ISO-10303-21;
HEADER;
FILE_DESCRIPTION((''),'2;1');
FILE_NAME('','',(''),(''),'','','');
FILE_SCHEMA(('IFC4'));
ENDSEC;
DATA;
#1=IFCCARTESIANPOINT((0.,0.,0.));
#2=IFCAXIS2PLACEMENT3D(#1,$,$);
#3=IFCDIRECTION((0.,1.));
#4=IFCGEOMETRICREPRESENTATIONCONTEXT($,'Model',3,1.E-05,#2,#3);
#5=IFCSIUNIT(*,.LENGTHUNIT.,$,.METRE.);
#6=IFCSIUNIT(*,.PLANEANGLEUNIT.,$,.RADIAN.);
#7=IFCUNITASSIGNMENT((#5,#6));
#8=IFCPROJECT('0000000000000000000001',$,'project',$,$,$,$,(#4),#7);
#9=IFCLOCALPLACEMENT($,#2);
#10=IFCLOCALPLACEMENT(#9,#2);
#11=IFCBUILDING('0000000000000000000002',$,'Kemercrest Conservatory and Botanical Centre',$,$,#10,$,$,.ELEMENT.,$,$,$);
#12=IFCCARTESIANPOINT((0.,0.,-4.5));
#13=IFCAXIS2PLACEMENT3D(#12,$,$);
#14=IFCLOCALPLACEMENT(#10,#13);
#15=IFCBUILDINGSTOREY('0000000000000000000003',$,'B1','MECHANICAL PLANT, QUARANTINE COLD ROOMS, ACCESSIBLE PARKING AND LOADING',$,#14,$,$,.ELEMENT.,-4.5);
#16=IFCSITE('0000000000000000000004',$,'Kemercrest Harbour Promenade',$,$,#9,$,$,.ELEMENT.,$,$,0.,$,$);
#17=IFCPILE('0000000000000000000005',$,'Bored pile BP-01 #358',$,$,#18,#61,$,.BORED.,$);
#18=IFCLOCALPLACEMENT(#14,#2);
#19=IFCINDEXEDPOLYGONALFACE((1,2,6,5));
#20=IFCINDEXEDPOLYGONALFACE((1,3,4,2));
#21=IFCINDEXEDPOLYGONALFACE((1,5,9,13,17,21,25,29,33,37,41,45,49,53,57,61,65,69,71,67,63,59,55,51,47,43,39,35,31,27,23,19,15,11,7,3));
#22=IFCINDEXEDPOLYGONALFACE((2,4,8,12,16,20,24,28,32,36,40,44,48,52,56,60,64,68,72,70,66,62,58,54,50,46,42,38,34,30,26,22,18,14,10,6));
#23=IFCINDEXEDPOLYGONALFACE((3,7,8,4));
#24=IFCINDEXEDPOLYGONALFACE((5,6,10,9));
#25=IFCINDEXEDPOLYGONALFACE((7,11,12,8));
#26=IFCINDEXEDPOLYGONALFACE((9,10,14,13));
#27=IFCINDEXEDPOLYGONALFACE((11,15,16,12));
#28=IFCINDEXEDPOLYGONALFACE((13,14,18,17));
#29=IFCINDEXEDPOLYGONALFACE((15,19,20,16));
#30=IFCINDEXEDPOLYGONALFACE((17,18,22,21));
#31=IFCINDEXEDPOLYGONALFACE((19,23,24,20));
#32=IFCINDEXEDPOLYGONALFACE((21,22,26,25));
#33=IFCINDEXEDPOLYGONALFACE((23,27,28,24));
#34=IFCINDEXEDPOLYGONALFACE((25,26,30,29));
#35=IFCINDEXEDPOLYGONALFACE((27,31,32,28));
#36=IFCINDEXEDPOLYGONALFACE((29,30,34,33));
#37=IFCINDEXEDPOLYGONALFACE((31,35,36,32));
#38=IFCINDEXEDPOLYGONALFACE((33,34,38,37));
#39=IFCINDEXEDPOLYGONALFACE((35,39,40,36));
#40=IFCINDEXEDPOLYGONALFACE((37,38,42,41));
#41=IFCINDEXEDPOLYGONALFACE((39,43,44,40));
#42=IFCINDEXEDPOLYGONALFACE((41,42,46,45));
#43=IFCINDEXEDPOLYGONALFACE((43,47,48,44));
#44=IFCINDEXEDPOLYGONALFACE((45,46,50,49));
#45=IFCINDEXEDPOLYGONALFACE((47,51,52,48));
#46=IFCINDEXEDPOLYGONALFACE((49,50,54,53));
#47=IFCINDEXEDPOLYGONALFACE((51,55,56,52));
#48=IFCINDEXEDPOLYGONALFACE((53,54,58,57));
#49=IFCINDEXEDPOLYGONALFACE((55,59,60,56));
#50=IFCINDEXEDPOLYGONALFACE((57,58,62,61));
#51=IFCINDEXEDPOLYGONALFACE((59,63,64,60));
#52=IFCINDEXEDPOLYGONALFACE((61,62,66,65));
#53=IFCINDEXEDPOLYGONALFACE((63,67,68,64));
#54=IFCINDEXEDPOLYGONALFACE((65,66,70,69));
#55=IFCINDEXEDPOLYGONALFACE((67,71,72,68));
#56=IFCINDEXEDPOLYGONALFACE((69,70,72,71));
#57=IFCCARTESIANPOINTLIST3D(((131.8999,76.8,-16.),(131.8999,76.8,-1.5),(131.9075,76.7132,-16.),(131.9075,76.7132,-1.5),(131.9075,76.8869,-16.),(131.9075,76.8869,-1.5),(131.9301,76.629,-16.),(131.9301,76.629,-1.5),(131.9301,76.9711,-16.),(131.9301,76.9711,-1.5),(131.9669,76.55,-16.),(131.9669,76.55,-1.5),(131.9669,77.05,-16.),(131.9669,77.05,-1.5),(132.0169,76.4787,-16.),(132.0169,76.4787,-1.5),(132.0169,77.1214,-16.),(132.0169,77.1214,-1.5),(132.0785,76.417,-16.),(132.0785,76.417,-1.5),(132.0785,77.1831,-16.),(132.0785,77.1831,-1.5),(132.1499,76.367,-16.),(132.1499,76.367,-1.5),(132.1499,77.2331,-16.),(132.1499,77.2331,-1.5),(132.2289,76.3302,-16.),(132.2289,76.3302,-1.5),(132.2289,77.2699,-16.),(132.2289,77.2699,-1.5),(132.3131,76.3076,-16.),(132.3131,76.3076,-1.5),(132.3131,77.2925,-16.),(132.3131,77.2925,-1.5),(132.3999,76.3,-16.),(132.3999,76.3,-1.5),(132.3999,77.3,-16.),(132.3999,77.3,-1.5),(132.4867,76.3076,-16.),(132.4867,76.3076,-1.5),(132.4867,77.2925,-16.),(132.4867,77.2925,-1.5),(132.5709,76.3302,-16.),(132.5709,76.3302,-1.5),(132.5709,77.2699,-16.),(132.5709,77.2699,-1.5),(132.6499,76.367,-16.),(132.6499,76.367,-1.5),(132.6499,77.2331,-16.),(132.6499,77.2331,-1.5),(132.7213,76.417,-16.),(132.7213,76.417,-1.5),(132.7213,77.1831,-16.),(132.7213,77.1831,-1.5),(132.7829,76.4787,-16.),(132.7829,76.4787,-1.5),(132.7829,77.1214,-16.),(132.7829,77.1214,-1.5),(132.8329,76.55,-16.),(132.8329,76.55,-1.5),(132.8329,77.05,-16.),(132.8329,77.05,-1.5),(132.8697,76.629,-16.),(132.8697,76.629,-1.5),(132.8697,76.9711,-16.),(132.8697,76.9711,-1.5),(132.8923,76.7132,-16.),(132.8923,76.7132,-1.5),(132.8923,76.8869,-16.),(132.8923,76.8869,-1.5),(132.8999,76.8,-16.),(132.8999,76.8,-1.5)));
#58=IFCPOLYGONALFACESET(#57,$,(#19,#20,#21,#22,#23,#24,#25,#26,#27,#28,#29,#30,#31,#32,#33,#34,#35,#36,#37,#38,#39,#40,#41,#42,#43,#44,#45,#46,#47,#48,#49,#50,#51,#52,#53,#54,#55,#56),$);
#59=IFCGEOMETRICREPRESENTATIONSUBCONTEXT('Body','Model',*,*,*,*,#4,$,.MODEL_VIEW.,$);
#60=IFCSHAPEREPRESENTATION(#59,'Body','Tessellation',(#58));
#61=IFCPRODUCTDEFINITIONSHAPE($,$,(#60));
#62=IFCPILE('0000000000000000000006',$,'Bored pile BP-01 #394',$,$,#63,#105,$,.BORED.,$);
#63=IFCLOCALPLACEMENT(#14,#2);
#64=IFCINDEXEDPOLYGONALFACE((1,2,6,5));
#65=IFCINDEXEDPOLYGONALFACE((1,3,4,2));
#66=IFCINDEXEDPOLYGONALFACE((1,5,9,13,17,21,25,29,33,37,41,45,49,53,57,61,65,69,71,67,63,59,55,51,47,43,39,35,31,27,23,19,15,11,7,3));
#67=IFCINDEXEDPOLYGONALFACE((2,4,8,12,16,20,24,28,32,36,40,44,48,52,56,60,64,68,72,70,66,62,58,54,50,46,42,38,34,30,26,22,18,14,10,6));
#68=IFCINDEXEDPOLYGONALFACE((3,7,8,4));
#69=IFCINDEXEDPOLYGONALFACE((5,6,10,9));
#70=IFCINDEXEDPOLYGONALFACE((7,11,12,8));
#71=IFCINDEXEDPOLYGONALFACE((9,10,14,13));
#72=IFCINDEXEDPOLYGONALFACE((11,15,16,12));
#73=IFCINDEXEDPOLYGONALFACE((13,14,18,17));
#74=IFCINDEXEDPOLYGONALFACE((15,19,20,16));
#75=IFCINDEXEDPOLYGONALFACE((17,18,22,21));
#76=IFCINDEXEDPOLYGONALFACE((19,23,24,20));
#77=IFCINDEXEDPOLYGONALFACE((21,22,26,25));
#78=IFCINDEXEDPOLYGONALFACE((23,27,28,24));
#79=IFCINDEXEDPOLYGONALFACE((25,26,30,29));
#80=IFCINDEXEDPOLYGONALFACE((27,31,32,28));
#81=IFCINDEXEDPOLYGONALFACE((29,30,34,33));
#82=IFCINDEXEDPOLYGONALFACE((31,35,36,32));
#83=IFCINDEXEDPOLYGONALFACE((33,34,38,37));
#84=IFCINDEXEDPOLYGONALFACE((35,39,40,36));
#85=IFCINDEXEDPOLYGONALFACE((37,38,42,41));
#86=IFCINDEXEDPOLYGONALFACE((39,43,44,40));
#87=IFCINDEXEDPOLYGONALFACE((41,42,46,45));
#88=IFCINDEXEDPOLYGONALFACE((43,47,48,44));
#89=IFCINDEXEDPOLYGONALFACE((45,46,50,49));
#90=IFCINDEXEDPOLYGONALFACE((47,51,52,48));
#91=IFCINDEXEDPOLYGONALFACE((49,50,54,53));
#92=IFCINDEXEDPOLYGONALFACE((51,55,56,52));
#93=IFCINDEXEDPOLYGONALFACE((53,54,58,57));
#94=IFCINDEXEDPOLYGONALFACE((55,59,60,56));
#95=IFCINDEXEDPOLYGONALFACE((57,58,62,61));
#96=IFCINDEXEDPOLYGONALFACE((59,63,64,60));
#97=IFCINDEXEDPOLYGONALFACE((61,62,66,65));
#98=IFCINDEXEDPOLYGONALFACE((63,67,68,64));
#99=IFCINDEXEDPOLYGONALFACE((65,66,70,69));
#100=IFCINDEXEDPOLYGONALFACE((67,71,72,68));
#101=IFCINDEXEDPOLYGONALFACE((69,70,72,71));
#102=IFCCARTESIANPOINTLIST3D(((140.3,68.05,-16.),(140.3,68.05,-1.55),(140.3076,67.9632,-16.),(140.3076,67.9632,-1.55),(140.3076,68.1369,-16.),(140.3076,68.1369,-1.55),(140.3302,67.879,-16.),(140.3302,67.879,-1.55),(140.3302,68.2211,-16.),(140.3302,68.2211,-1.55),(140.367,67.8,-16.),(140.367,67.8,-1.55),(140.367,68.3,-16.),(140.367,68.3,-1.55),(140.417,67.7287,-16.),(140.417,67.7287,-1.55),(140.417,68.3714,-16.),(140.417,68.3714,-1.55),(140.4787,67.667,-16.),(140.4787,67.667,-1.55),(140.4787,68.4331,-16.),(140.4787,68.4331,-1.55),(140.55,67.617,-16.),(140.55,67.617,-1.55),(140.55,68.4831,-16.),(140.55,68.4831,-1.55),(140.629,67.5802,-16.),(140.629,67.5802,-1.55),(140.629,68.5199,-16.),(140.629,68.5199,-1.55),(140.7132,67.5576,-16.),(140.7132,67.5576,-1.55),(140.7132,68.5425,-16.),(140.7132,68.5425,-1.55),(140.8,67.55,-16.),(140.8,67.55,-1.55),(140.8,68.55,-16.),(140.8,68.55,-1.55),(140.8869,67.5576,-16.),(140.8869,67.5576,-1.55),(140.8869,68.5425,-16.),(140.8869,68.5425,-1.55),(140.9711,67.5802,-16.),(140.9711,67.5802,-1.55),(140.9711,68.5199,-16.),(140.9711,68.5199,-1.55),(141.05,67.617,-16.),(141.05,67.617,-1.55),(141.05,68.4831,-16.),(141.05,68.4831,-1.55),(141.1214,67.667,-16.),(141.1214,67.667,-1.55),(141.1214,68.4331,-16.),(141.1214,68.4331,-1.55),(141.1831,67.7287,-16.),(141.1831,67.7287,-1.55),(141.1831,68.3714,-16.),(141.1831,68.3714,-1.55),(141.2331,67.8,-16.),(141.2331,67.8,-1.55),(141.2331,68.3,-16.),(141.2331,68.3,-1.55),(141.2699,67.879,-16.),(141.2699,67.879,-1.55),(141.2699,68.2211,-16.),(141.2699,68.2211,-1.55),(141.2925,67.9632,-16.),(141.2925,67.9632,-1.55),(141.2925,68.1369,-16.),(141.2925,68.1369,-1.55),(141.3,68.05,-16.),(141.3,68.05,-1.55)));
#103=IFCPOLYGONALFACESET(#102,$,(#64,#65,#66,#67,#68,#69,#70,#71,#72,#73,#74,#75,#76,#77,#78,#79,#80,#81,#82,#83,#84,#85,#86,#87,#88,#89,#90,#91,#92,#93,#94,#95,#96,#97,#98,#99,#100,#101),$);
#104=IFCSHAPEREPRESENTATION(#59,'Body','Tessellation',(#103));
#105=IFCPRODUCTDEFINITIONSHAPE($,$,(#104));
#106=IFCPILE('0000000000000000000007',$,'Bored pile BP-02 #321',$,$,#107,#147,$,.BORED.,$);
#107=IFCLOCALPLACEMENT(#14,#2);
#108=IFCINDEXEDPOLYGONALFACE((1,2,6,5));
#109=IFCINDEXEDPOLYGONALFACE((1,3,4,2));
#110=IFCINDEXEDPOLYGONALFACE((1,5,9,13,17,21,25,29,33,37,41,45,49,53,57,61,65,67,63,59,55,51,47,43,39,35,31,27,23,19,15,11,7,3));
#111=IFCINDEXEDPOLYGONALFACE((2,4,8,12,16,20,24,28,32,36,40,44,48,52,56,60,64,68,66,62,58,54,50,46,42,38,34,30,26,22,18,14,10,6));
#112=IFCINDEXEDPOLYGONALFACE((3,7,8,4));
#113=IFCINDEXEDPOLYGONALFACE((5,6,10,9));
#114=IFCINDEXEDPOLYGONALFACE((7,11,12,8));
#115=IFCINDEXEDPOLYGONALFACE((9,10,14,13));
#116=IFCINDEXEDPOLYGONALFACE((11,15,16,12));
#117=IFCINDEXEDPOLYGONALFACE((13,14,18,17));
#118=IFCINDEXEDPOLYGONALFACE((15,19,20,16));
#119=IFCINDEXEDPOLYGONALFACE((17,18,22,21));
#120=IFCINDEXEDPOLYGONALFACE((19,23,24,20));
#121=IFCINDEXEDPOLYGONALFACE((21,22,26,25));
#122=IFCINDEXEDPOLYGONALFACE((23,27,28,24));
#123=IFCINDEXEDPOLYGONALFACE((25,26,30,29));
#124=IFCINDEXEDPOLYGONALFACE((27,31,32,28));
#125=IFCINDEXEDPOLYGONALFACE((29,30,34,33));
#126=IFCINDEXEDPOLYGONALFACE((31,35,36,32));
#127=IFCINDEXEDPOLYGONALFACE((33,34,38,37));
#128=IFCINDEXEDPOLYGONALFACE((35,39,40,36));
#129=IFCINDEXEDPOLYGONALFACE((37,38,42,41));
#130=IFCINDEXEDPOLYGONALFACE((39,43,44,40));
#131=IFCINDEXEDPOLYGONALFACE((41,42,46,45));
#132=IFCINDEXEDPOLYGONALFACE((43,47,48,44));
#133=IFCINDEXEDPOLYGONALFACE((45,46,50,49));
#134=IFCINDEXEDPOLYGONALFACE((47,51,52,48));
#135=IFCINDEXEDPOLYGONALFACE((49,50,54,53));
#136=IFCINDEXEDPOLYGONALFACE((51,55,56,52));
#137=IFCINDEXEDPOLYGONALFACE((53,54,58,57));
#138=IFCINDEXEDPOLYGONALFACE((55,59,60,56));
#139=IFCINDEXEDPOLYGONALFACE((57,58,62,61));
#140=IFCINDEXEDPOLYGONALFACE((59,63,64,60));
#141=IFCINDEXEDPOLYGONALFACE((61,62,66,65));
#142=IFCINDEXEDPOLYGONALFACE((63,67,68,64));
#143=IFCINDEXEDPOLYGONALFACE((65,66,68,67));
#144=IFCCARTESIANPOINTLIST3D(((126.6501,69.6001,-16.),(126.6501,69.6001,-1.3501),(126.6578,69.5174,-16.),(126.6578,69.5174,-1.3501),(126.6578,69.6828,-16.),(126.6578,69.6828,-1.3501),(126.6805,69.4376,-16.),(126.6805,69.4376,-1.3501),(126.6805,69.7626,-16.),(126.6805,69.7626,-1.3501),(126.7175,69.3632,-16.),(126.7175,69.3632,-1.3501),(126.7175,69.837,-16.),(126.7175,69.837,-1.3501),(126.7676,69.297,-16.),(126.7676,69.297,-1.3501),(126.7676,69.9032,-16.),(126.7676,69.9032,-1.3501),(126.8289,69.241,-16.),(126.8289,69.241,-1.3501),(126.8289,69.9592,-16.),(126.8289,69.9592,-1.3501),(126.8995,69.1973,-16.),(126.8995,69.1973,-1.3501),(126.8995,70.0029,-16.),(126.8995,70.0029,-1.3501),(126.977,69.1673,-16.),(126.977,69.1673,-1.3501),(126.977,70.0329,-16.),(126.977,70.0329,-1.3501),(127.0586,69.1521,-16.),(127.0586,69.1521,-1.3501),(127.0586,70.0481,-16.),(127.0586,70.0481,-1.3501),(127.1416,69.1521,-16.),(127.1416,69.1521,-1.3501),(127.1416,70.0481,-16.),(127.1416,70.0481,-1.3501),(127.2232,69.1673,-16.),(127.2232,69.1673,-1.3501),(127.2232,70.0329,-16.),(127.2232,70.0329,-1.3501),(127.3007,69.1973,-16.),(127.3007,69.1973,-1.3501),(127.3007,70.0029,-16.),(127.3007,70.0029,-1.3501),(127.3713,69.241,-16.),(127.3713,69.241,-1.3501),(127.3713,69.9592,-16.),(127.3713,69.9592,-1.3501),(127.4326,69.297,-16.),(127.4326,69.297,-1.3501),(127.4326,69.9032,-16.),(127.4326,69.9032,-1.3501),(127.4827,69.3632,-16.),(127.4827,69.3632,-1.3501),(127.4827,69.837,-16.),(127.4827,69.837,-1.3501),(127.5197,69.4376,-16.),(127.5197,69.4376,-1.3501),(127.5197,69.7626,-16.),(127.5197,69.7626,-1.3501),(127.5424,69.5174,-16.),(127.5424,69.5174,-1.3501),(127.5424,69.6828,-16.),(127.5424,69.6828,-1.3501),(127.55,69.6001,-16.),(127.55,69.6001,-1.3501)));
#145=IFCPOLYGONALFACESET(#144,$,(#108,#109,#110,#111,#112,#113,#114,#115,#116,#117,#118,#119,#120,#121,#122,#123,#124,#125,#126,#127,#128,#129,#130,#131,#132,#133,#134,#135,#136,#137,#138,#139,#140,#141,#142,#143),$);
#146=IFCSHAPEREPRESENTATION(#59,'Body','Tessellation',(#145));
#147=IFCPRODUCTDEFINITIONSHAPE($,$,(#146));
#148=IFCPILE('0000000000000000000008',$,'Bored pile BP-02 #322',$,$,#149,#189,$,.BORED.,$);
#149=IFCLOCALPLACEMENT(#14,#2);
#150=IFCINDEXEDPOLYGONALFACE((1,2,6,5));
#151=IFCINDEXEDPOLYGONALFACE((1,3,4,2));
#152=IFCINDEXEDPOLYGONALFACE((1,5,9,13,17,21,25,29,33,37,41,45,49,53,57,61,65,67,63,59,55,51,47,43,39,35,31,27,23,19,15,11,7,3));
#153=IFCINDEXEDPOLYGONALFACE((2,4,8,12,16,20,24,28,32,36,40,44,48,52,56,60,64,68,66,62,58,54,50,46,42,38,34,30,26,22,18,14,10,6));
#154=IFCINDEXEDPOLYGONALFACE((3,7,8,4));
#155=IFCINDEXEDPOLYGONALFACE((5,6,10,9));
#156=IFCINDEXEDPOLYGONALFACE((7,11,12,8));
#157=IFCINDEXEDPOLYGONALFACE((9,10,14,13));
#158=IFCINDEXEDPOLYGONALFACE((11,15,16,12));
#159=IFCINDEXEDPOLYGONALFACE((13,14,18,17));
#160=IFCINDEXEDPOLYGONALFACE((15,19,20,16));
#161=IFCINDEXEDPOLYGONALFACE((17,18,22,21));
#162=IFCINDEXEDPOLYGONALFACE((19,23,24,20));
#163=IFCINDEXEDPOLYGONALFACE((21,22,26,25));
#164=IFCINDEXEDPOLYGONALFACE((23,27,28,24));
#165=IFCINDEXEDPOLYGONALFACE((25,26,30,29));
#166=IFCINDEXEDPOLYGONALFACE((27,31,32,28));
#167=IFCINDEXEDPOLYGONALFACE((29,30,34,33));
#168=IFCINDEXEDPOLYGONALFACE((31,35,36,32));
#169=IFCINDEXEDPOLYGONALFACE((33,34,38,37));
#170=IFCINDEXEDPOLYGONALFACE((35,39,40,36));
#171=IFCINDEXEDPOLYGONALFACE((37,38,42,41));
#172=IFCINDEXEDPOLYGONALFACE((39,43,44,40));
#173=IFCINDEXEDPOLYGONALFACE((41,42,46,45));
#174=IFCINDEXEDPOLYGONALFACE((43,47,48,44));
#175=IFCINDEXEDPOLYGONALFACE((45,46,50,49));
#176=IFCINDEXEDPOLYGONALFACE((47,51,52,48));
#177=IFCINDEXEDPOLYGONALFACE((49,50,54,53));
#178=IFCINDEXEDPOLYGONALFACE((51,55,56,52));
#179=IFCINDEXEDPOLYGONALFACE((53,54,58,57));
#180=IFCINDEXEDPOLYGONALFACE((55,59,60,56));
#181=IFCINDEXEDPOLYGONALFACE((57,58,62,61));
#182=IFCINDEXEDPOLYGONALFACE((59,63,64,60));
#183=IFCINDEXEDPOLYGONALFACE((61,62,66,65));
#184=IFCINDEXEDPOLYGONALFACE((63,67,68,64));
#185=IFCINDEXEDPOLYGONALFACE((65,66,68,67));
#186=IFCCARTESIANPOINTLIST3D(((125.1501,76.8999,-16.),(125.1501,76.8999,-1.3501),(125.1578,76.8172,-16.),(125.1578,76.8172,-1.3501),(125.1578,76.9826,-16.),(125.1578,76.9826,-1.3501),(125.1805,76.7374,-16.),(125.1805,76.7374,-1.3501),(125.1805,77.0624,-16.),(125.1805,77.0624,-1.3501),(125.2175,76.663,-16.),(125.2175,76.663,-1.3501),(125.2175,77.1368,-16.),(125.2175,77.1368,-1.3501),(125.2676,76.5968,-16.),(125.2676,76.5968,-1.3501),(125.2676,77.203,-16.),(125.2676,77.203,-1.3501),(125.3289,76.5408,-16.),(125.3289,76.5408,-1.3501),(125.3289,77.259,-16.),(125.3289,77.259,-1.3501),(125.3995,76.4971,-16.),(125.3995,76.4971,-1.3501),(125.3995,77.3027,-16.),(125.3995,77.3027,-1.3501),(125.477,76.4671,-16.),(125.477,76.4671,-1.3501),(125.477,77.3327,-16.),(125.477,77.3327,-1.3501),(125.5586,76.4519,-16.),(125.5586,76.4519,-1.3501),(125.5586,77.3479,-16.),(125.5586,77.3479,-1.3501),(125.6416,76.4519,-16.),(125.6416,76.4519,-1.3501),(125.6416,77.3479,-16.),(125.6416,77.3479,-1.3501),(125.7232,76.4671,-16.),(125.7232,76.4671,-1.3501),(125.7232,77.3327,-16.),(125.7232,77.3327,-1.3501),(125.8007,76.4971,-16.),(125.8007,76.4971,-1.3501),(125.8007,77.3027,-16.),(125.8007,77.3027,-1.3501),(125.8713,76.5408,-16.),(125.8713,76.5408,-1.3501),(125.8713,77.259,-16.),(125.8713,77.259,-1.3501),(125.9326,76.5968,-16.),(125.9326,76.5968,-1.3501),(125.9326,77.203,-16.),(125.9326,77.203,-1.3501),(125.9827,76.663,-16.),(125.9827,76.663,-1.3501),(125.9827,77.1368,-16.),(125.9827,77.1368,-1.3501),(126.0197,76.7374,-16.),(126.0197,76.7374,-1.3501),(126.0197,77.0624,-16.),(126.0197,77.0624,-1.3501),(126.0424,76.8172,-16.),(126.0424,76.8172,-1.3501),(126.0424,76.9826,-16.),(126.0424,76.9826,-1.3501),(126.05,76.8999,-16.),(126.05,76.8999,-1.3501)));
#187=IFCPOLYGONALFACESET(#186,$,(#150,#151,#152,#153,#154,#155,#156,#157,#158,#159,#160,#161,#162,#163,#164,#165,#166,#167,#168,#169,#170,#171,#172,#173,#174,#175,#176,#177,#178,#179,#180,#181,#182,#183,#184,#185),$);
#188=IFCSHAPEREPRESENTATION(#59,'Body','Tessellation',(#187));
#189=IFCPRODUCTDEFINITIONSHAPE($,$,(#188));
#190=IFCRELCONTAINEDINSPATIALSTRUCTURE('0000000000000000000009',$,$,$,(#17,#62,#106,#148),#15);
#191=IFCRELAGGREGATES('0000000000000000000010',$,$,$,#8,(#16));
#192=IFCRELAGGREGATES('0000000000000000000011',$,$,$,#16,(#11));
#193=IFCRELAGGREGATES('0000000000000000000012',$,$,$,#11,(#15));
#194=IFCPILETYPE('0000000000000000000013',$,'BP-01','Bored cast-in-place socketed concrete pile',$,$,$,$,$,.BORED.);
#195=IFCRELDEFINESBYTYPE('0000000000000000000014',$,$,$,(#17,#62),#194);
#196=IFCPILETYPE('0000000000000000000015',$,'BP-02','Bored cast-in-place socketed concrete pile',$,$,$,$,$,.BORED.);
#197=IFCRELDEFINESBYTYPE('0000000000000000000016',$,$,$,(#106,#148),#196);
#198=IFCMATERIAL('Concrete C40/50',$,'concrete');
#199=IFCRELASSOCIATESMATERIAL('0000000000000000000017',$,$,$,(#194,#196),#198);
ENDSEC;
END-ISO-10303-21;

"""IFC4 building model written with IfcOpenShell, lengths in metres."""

from ifc_helpers import new_model, si_unit, direction, frame, origin, origin_2d, place, context, subcontext, project, spatial, circle, extrude, material, material_profile, profile_set, type_object, element, save


model = new_model("IFC4")

# Units and contexts
model_context = context("Model", 3, precision=1e-05, world=origin(), true_north=direction((0.0, 1.0)))
body_context = subcontext(model_context, "Body", "Model", "MODEL_VIEW")
ifc_project = project(units=[si_unit("LENGTHUNIT", "METRE"), si_unit("PLANEANGLEUNIT", "RADIAN")], contexts=[model_context])

# Site, building, storey
site_placement = place(None, origin())
site = spatial("IfcSite", under=ifc_project, at=site_placement, Name="Kemercrest Harbour Promenade", CompositionType="ELEMENT", RefElevation=0.0)
building_placement = place(site_placement, origin())
building = spatial("IfcBuilding", under=site, at=building_placement, Name="Kemercrest Conservatory and Botanical Centre", CompositionType="ELEMENT")
storey_placement = place(building_placement, frame((0.0, 0.0, -4.5)))
storey = spatial("IfcBuildingStorey", under=building, at=storey_placement, Name="B1", Description="MECHANICAL PLANT, QUARANTINE COLD ROOMS, ACCESSIBLE PARKING AND LOADING", CompositionType="ELEMENT", Elevation=-4.5)

# Piles
ifc_material_1 = material(Name="Concrete C40/50", Category="concrete")
ifc_material_profile_1 = material_profile(ifc_material_1, circle(Radius=0.5, at=origin_2d()), Name="BORED PILE 1000")
ifc_profile_set_1 = profile_set([ifc_material_profile_1], Name="Concrete C40/50")
pile_type_1 = type_object("IfcPileType", Name="BP-01", Description="Bored cast-in-place socketed concrete pile", PredefinedType="BORED", material=ifc_profile_set_1)
pile_1_placement = place(storey_placement, frame((132.3999, 76.8, -1.5), z_axis=(0.0, 0.0, -1.0), x_axis=(1.0, 0.0, 0.0)))
element("IfcPile", 1, at=pile_1_placement, inside=storey, type_object=pile_type_1, Name="Bored pile BP-01 #358", PredefinedType="BORED", context=body_context, shape_type="SweptSolid", body=[
    extrude(circle(Radius=0.5, at=origin_2d()), origin(), (0.0, 0.0, 1.0), 14.5),
])
pile_2_placement = place(storey_placement, frame((140.8, 68.05, -1.55), z_axis=(0.0, 0.0, -1.0), x_axis=(1.0, 0.0, 0.0)))
element("IfcPile", 2, at=pile_2_placement, inside=storey, type_object=pile_type_1, Name="Bored pile BP-01 #394", PredefinedType="BORED", context=body_context, shape_type="SweptSolid", body=[
    extrude(circle(Radius=0.5, at=origin_2d()), origin(), (0.0, 0.0, 1.0), 14.45),
])
ifc_material_profile_2 = material_profile(ifc_material_1, circle(Radius=0.45, at=origin_2d()), Name="BORED PILE 900")
ifc_profile_set_2 = profile_set([ifc_material_profile_2], Name="Concrete C40/50")
pile_type_2 = type_object("IfcPileType", Name="BP-02", Description="Bored cast-in-place socketed concrete pile", PredefinedType="BORED", material=ifc_profile_set_2)
for number, where, z_axis, x_axis, name in (
    (3, (127.1001, 69.6001, -1.3501), (0.0, 0.0, -1.0), (1.0, 0.0, 0.0), "Bored pile BP-02 #321"),
    (4, (125.6001, 76.8999, -1.3501), (0.0, 0.0, -1.0), (1.0, 0.0, 0.0), "Bored pile BP-02 #322"),
):
    element("IfcPile", number, at=place(storey_placement, frame(where, z_axis=z_axis, x_axis=x_axis)), inside=storey, type_object=pile_type_2, Name=name, PredefinedType="BORED", context=body_context, shape_type="SweptSolid", body=[
        extrude(circle(Radius=0.45, at=origin_2d()), origin(), (0.0, 0.0, 1.0), 14.6499),
    ])

save(model, "model.ifc")
